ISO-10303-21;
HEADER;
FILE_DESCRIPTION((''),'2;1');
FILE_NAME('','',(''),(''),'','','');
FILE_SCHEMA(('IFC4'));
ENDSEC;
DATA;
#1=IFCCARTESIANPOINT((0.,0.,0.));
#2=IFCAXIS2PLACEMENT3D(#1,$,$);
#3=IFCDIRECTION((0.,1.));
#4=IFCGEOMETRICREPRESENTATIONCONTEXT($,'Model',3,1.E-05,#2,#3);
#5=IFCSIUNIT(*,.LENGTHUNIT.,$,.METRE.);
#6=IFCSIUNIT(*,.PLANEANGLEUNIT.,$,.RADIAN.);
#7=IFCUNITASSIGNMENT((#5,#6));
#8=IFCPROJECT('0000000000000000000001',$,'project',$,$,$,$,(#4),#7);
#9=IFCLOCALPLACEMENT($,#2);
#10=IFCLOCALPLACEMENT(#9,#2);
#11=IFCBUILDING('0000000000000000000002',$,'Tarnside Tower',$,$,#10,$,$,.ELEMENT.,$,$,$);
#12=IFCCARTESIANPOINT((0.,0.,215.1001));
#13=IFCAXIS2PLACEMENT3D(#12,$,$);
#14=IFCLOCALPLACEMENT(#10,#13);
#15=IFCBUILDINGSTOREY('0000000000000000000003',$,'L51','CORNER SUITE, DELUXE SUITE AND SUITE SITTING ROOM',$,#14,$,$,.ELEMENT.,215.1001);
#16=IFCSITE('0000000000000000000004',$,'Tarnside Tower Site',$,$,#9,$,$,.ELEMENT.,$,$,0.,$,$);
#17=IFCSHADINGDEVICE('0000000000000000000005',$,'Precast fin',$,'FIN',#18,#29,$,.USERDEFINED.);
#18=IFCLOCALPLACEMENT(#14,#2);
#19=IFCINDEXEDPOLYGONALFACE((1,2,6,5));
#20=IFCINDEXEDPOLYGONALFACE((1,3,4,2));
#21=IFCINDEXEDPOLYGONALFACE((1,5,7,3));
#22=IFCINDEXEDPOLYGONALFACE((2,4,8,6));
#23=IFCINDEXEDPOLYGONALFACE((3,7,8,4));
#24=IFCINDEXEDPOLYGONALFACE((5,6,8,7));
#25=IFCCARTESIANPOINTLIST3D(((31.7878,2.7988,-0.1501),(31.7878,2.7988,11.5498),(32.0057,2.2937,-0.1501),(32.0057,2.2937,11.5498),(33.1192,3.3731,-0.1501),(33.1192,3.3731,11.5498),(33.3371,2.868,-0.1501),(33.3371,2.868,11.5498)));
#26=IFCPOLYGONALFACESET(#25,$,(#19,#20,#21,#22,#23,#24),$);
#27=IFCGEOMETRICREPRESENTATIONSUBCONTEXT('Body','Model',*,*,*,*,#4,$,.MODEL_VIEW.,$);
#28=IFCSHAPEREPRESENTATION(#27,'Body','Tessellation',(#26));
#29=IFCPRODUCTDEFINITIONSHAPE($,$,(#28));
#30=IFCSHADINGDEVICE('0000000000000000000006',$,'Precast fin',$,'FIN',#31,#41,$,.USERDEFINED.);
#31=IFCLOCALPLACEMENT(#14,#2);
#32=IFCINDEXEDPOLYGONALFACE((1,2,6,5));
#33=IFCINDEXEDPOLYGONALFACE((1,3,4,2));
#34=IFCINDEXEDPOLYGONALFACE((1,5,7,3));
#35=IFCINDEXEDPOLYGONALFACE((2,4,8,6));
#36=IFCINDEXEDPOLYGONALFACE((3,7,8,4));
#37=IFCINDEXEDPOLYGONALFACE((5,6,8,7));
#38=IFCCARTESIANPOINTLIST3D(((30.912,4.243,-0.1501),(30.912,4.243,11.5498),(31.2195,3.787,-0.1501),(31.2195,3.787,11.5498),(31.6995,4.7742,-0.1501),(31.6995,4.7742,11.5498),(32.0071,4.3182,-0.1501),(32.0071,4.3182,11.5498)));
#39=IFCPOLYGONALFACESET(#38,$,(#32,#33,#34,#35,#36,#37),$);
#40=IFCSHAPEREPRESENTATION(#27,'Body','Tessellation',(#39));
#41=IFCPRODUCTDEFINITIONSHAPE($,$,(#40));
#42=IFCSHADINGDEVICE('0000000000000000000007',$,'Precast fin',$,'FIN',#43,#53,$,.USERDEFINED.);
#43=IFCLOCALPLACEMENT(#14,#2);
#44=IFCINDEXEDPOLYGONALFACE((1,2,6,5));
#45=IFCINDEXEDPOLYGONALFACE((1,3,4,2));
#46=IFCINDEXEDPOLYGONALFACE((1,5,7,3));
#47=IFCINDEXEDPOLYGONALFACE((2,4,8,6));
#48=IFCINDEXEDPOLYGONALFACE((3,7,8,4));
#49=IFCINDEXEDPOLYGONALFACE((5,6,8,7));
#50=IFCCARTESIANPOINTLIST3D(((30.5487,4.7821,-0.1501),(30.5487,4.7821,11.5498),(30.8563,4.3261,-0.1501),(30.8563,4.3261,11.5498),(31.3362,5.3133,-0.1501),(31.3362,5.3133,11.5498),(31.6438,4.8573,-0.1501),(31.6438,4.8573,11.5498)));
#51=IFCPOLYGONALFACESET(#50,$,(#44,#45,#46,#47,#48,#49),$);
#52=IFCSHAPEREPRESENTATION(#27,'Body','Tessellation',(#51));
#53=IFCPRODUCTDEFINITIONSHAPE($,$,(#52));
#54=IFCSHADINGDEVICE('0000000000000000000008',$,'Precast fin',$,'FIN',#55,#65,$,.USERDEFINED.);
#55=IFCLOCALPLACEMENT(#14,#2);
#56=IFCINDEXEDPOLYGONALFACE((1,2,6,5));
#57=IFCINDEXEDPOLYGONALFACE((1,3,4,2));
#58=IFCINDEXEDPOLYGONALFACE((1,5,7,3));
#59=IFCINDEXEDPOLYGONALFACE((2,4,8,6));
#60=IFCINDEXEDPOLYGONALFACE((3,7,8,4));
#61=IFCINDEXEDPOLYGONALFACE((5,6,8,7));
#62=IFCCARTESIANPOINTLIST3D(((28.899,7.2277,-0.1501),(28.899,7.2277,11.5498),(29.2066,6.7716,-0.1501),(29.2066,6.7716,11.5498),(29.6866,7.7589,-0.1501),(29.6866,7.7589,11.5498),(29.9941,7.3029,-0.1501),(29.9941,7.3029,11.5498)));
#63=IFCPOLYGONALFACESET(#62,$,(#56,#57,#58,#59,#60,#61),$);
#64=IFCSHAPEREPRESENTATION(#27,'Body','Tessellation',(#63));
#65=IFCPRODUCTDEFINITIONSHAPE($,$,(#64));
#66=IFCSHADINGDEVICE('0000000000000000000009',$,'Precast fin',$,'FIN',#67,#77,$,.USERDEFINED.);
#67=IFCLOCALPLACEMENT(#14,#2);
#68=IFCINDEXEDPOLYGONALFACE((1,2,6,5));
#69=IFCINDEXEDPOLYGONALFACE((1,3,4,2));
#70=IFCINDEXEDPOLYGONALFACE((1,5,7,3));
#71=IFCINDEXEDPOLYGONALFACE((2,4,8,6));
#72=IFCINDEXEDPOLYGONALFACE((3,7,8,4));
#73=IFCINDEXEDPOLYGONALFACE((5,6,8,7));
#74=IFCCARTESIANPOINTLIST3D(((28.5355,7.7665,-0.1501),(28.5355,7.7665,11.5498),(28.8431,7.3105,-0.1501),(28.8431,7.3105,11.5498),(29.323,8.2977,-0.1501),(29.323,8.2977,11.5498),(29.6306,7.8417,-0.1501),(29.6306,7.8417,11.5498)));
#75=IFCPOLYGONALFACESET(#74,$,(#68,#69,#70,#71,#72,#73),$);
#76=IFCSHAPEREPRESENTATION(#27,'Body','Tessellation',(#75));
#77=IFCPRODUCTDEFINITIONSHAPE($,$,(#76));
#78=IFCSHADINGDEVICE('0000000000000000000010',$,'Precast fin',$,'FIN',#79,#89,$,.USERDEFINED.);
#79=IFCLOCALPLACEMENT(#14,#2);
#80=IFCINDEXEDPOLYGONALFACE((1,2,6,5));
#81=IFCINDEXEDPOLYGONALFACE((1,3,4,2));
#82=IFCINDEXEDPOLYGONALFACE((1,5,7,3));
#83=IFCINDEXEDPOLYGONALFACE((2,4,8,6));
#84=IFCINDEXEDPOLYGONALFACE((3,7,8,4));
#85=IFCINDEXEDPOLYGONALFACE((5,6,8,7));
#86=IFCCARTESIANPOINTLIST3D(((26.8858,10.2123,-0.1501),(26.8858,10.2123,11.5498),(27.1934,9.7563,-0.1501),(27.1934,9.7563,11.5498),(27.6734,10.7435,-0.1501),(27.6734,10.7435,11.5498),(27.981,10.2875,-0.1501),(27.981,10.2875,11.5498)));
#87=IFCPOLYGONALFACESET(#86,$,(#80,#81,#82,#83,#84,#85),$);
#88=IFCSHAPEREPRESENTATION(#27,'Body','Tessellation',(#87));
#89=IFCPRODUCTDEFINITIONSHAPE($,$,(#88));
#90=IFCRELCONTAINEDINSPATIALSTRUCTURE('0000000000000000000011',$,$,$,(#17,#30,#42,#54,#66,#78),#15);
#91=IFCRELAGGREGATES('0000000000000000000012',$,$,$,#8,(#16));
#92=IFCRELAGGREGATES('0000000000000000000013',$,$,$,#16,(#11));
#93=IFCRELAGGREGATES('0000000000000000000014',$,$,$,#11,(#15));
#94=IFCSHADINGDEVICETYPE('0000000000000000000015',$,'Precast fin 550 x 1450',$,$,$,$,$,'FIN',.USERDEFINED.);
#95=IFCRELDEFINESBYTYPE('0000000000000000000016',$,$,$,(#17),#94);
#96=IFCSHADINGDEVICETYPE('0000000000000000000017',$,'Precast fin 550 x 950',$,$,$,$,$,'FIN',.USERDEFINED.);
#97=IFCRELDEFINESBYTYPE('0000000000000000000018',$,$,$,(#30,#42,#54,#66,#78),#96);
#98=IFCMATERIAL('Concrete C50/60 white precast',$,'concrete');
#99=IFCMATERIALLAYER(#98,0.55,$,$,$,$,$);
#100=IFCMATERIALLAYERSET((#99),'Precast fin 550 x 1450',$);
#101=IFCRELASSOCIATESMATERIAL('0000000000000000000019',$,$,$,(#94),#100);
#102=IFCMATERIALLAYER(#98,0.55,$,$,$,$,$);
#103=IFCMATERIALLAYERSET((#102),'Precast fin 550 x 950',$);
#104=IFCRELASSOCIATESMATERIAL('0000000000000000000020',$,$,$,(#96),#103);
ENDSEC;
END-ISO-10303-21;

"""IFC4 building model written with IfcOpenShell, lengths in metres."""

from ifc_helpers import new_model, si_unit, direction, frame, origin, place, context, subcontext, project, spatial, polyline, outline, extrude, material, layer, layer_set, type_object, element, save


model = new_model("IFC4")

# Units and contexts
model_context = context("Model", 3, precision=1e-05, world=origin(), true_north=direction((0.0, 1.0)))
body_context = subcontext(model_context, "Body", "Model", "MODEL_VIEW")
ifc_project = project(units=[si_unit("LENGTHUNIT", "METRE"), si_unit("PLANEANGLEUNIT", "RADIAN")], contexts=[model_context])

# Site, building, storey
site_placement = place(None, origin())
site = spatial("IfcSite", under=ifc_project, at=site_placement, Name="Tarnside Tower Site", CompositionType="ELEMENT", RefElevation=0.0)
building_placement = place(site_placement, origin())
building = spatial("IfcBuilding", under=site, at=building_placement, Name="Tarnside Tower", CompositionType="ELEMENT")
storey_placement = place(building_placement, frame((0.0, 0.0, 215.1001)))
storey = spatial("IfcBuildingStorey", under=building, at=storey_placement, Name="L51", Description="CORNER SUITE, DELUXE SUITE AND SUITE SITTING ROOM", CompositionType="ELEMENT", Elevation=215.1001)

# Shading devices
ifc_material_1 = material(Name="Concrete C50/60 white precast", Category="concrete")
ifc_layer_1 = layer(ifc_material_1, 0.55)
ifc_layer_set_1 = layer_set([ifc_layer_1], Name="Precast fin 550 x 1450")
shading_device_type_1 = type_object("IfcShadingDeviceType", Name="Precast fin 550 x 1450", ElementType="FIN", PredefinedType="USERDEFINED", material=ifc_layer_set_1)
shading_device_placement = place(storey_placement, frame((31.8967, 2.5464, -0.1501), z_axis=(0.39608, -0.918216, 0.0), x_axis=(0.918216, 0.39608, 0.0)))
element("IfcShadingDevice", 1, at=shading_device_placement, inside=storey, type_object=shading_device_type_1, Name="Precast fin", ObjectType="FIN", PredefinedType="USERDEFINED", context=body_context, shape_type="SweptSolid", body=[
    extrude(outline(polyline([(0.0, 0.0), (1.45, 0.0), (1.45, 11.7), (0.0, 11.7), (0.0, 0.0)])), frame((0.0, 0.0, -0.2749)), (0.0, 0.0, 1.0), 0.55),
])
ifc_layer_2 = layer(ifc_material_1, 0.55)
ifc_layer_set_2 = layer_set([ifc_layer_2], Name="Precast fin 550 x 950")
shading_device_type_2 = type_object("IfcShadingDeviceType", Name="Precast fin 550 x 950", ElementType="FIN", PredefinedType="USERDEFINED", material=ifc_layer_set_2)
for number, where, z_axis, x_axis, name in (
    (2, (31.0657, 4.0151, -0.1501), (0.559193, -0.829038, 0.0), (0.829038, 0.559193, 0.0), "Precast fin"),
    (3, (30.7024, 4.5542, -0.1501), (0.559193, -0.829038, 0.0), (0.829038, 0.559193, 0.0), "Precast fin"),
    (4, (29.0527, 6.9998, -0.1501), (0.559193, -0.829038, 0.0), (0.829038, 0.559193, 0.0), "Precast fin"),
    (5, (28.6892, 7.5386, -0.1501), (0.559193, -0.829038, 0.0), (0.829038, 0.559193, 0.0), "Precast fin"),
    (6, (27.0396, 9.9844, -0.1501), (0.559193, -0.829038, 0.0), (0.829038, 0.559193, 0.0), "Precast fin"),
):
    element("IfcShadingDevice", number, at=place(storey_placement, frame(where, z_axis=z_axis, x_axis=x_axis)), inside=storey, type_object=shading_device_type_2, Name=name, ObjectType="FIN", PredefinedType="USERDEFINED", context=body_context, shape_type="SweptSolid", body=[
        extrude(outline(polyline([(0.0, 0.0), (0.95, 0.0), (0.95, 11.7), (0.0, 11.7), (0.0, 0.0)])), frame((0.0, 0.0, -0.2749)), (0.0, 0.0, 1.0), 0.55),
    ])

save(model, "model.ifc")
